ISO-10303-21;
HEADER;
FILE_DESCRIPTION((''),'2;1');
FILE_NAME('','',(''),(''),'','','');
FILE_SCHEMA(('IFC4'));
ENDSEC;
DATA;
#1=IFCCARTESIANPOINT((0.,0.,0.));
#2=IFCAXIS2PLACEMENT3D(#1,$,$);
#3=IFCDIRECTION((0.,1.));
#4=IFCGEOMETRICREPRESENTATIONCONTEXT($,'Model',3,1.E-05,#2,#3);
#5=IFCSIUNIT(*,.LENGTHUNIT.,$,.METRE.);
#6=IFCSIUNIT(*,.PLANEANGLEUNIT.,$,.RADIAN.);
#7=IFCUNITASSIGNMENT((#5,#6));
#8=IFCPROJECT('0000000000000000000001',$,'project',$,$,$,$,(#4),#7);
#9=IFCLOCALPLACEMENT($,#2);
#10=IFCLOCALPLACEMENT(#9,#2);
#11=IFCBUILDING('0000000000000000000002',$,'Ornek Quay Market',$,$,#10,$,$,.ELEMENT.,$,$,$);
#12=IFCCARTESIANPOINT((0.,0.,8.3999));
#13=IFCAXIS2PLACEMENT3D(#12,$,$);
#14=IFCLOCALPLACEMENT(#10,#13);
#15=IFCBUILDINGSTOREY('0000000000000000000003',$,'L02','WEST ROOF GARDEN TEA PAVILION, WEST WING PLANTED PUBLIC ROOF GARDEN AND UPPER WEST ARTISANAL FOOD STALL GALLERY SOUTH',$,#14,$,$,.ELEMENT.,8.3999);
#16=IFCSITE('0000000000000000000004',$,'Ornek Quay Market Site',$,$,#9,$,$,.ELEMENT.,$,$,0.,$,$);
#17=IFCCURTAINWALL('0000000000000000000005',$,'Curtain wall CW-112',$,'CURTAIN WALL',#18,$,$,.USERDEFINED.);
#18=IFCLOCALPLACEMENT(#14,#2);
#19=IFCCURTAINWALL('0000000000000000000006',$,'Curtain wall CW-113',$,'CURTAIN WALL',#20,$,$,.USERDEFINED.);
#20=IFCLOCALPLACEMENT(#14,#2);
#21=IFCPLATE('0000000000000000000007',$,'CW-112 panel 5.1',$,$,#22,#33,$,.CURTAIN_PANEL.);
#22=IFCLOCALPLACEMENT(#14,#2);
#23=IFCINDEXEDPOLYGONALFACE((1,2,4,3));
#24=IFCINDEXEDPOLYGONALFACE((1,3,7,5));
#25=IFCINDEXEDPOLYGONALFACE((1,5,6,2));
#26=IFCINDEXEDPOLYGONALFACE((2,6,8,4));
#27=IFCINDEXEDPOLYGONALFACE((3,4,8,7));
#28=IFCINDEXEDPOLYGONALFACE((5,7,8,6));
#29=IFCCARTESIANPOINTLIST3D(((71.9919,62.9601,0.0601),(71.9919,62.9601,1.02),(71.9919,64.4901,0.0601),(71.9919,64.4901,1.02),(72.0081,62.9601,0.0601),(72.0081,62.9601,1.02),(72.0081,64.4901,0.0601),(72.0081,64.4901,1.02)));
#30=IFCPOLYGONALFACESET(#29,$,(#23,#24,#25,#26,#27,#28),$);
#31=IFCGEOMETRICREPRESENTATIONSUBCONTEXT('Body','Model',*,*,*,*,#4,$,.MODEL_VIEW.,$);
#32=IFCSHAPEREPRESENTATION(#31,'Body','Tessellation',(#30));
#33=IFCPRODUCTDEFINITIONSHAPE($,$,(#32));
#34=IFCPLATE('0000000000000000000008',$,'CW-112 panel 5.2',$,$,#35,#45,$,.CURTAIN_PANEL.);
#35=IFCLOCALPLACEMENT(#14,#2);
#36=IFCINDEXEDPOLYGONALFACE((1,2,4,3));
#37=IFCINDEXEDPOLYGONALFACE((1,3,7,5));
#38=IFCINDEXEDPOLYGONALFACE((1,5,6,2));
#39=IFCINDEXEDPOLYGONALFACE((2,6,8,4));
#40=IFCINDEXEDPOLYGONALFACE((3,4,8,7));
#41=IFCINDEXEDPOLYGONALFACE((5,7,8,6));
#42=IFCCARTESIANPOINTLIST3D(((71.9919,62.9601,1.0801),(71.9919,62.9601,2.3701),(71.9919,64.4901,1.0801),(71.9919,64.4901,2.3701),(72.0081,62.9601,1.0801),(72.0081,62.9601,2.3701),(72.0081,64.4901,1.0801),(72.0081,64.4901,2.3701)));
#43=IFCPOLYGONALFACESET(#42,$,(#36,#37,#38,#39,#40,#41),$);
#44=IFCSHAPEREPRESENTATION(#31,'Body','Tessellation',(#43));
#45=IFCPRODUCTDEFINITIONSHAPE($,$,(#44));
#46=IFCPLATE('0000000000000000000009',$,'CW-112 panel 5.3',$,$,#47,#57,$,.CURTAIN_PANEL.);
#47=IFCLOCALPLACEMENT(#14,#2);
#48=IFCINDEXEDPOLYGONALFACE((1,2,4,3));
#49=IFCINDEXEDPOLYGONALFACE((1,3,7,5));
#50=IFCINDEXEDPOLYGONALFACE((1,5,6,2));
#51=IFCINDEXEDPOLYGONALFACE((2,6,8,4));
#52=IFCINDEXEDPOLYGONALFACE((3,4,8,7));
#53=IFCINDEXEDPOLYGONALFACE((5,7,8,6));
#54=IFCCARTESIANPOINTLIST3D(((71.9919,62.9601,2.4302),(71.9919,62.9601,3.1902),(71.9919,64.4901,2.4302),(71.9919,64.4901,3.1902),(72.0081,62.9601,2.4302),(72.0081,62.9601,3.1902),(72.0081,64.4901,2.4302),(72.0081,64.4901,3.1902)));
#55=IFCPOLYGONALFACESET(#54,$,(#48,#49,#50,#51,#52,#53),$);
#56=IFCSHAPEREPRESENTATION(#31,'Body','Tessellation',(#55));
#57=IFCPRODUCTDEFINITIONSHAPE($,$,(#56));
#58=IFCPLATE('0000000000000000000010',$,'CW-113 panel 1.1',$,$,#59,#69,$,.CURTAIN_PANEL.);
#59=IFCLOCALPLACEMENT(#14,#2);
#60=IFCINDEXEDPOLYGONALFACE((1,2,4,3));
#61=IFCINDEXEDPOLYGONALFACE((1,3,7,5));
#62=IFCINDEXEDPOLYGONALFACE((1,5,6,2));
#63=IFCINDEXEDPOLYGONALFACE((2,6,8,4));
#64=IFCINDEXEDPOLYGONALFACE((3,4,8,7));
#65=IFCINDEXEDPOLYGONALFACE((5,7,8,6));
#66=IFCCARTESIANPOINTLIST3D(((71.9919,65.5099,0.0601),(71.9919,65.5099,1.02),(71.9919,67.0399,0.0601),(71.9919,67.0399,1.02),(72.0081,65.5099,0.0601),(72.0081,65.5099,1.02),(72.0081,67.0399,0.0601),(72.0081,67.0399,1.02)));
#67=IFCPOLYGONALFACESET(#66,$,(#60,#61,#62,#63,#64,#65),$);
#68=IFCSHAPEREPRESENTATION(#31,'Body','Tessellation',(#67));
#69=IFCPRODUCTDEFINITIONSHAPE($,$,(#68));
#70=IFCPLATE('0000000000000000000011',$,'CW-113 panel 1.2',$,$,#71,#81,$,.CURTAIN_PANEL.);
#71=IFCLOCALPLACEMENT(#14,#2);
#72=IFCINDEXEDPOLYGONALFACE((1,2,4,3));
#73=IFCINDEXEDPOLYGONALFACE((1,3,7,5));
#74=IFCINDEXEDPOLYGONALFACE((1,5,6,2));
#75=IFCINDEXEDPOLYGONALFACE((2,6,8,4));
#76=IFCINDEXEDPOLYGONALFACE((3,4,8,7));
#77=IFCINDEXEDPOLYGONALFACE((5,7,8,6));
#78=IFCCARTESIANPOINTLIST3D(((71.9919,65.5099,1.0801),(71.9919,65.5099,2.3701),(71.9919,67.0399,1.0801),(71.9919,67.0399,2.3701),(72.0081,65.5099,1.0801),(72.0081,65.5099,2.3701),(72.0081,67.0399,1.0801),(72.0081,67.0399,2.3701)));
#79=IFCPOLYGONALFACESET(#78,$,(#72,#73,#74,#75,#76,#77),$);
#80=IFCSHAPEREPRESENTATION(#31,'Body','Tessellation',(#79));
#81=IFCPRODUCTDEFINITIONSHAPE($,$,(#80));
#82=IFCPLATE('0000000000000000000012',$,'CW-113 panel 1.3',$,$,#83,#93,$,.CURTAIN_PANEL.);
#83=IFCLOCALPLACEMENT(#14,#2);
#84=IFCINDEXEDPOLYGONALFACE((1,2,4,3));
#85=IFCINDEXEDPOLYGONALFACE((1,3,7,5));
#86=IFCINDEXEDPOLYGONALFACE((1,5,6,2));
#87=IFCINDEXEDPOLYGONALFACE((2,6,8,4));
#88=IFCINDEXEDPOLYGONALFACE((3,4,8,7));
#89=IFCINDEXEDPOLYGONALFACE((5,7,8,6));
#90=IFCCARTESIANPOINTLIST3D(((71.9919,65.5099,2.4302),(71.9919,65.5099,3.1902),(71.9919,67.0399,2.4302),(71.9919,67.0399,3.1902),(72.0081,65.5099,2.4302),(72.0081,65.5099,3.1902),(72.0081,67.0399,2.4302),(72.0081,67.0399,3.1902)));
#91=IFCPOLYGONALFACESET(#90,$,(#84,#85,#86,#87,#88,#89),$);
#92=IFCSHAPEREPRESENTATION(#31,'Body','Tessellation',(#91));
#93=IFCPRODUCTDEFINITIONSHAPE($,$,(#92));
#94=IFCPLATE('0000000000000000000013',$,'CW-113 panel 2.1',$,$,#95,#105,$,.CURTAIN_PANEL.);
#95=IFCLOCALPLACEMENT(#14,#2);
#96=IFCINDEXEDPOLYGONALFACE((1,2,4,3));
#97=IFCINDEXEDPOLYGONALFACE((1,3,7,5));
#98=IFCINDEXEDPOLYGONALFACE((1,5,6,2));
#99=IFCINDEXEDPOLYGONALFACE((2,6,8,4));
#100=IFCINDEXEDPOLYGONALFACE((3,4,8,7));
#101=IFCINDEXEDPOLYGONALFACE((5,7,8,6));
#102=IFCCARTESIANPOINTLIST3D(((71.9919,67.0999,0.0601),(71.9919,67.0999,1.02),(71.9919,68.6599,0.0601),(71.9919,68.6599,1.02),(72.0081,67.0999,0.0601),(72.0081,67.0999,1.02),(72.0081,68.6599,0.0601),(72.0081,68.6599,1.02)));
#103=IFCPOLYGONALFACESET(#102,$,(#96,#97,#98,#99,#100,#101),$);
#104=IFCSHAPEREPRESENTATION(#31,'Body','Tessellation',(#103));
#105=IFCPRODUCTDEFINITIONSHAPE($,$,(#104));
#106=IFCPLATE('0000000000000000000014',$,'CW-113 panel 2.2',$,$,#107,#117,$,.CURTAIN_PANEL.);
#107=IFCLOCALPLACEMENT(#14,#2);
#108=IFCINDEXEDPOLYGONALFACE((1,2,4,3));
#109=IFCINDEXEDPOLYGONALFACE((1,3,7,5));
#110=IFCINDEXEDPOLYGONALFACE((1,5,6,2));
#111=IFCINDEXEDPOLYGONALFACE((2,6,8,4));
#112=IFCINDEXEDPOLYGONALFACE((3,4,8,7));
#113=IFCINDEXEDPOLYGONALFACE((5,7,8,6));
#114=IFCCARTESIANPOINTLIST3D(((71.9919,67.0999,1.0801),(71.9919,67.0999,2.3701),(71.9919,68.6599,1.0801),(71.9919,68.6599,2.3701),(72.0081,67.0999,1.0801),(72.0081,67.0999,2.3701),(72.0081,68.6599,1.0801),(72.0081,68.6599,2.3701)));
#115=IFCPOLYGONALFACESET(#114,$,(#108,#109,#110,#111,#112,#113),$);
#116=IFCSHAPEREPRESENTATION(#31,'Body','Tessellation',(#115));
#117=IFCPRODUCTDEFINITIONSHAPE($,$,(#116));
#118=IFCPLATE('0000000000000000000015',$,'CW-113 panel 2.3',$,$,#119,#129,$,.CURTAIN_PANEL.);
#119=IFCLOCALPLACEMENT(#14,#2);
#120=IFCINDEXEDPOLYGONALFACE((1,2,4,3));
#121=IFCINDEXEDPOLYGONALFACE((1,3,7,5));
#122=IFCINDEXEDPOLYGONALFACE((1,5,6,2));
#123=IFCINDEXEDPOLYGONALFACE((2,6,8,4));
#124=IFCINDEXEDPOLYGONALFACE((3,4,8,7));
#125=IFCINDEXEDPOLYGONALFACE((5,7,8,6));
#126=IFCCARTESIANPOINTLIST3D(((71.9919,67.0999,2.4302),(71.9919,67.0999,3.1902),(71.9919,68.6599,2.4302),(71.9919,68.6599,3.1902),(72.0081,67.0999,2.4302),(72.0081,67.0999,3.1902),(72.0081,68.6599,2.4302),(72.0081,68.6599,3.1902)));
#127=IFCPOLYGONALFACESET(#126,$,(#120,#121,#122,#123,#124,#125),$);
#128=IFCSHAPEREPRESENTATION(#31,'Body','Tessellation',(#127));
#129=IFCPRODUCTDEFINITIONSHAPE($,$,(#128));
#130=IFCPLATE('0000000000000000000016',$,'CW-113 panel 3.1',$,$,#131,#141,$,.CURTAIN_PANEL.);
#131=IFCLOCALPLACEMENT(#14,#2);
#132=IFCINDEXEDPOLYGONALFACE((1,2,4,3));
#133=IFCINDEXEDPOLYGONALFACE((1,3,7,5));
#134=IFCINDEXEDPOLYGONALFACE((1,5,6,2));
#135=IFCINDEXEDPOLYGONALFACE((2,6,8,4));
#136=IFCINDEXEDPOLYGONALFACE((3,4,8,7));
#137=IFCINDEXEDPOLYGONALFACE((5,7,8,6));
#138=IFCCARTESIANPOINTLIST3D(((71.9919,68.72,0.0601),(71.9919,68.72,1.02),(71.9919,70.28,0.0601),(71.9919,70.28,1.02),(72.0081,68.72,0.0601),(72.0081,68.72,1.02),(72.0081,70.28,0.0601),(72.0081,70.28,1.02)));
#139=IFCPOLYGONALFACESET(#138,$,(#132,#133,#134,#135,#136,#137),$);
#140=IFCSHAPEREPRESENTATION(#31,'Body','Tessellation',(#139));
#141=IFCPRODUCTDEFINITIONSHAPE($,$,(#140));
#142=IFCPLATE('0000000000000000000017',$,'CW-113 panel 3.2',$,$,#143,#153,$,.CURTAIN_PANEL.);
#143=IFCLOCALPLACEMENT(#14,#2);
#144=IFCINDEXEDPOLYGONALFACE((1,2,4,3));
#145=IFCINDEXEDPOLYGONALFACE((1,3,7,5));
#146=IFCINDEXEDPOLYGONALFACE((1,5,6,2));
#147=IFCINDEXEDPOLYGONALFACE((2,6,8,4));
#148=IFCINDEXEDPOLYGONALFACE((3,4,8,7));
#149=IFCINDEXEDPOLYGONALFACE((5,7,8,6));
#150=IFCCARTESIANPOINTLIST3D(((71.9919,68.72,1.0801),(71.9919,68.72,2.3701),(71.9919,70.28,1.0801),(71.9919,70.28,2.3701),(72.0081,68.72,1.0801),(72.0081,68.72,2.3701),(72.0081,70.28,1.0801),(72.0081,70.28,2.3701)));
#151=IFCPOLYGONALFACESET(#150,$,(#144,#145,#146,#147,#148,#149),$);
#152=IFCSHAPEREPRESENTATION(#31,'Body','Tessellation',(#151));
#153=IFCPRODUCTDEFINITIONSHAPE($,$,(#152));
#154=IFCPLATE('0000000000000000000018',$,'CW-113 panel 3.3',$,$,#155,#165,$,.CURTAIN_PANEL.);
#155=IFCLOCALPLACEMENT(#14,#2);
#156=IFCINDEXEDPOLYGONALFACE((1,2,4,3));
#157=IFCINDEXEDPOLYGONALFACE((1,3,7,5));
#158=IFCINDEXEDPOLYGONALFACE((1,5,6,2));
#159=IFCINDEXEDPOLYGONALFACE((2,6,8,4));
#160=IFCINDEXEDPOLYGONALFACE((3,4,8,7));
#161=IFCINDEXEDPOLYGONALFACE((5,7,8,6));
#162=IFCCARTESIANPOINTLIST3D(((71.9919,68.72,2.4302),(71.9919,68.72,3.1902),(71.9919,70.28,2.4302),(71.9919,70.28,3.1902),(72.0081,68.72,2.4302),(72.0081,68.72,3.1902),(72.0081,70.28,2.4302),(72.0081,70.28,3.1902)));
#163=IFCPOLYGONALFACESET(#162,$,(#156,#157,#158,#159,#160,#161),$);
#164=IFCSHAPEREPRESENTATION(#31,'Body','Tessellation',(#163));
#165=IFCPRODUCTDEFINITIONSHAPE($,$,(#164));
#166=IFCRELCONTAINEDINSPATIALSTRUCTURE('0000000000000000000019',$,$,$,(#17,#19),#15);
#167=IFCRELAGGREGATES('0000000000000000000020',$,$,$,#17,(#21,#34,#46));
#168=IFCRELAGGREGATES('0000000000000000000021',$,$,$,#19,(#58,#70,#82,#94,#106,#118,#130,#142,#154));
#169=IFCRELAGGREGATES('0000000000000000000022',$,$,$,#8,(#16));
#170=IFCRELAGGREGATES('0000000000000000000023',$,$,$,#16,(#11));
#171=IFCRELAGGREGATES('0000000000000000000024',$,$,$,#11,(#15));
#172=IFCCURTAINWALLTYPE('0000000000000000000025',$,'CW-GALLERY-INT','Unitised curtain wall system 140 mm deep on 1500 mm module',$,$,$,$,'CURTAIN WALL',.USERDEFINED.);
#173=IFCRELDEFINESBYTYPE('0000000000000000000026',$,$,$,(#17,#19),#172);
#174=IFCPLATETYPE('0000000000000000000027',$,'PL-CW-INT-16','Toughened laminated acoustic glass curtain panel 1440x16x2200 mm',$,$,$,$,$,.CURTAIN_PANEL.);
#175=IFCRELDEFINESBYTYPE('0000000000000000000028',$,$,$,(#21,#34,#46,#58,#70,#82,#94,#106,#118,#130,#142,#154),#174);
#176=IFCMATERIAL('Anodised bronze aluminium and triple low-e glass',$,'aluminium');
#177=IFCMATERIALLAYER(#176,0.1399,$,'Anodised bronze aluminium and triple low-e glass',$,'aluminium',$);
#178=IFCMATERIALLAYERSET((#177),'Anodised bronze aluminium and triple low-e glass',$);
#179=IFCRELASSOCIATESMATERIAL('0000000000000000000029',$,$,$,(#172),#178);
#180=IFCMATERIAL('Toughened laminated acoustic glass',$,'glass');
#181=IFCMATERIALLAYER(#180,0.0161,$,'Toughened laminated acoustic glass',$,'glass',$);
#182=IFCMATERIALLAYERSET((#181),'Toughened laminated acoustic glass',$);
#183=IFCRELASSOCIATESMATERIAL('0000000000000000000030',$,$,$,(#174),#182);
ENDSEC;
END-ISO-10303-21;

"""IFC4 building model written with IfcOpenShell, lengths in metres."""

from ifc_helpers import new_model, si_unit, direction, frame, origin, origin_2d, place, context, subcontext, project, spatial, rectangle, extrude, material, layer, layer_set, type_object, element, aggregate, save


model = new_model("IFC4")

# Units and contexts
model_context = context("Model", 3, precision=1e-05, world=origin(), true_north=direction((0.0, 1.0)))
body_context = subcontext(model_context, "Body", "Model", "MODEL_VIEW")
ifc_project = project(units=[si_unit("LENGTHUNIT", "METRE"), si_unit("PLANEANGLEUNIT", "RADIAN")], contexts=[model_context])

# Site, building, storey
site_placement = place(None, origin())
site = spatial("IfcSite", under=ifc_project, at=site_placement, Name="Ornek Quay Market Site", CompositionType="ELEMENT", RefElevation=0.0)
building_placement = place(site_placement, origin())
building = spatial("IfcBuilding", under=site, at=building_placement, Name="Ornek Quay Market", CompositionType="ELEMENT")
storey_placement = place(building_placement, frame((0.0, 0.0, 8.3999)))
storey = spatial("IfcBuildingStorey", under=building, at=storey_placement, Name="L02", Description="WEST ROOF GARDEN TEA PAVILION, WEST WING PLANTED PUBLIC ROOF GARDEN AND UPPER WEST ARTISANAL FOOD STALL GALLERY SOUTH", CompositionType="ELEMENT", Elevation=8.3999)

# Curtain wall
ifc_material_1 = material(Name="Anodised bronze aluminium and triple low-e glass", Category="aluminium")
ifc_layer_1 = layer(ifc_material_1, 0.1399, Name="Anodised bronze aluminium and triple low-e glass", Category="aluminium")
ifc_layer_set_1 = layer_set([ifc_layer_1], Name="Anodised bronze aluminium and triple low-e glass")
curtain_wall_type = type_object("IfcCurtainWallType", Name="CW-GALLERY-INT", Description="Unitised curtain wall system 140 mm deep on 1500 mm module", ElementType="CURTAIN WALL", PredefinedType="USERDEFINED", material=ifc_layer_set_1)
curtain_wall_1_placement = place(storey_placement, origin())
curtain_wall_1 = element("IfcCurtainWall", 1, at=curtain_wall_1_placement, inside=storey, type_object=curtain_wall_type, Name="Curtain wall CW-112", ObjectType="CURTAIN WALL", PredefinedType="USERDEFINED")

# Curtain wall
curtain_wall_2_placement = place(storey_placement, origin())
curtain_wall_2 = element("IfcCurtainWall", 2, at=curtain_wall_2_placement, inside=storey, type_object=curtain_wall_type, Name="Curtain wall CW-113", ObjectType="CURTAIN WALL", PredefinedType="USERDEFINED")

# Plates
ifc_material_2 = material(Name="Toughened laminated acoustic glass", Category="glass")
ifc_layer_2 = layer(ifc_material_2, 0.0161, Name="Toughened laminated acoustic glass", Category="glass")
ifc_layer_set_2 = layer_set([ifc_layer_2], Name="Toughened laminated acoustic glass")
plate_type = type_object("IfcPlateType", Name="PL-CW-INT-16", Description="Toughened laminated acoustic glass curtain panel 1440x16x2200 mm", PredefinedType="CURTAIN_PANEL", material=ifc_layer_set_2)
plate_1_placement = place(storey_placement, frame((72.0, 63.7251, 0.0601), z_axis=(0.0, 0.0, 1.0), x_axis=(0.0, 1.0, 0.0)))
plate_1 = element("IfcPlate", 3, at=plate_1_placement, type_object=plate_type, Name="CW-112 panel 5.1", PredefinedType="CURTAIN_PANEL", context=body_context, shape_type="SweptSolid", body=[
    extrude(rectangle(XDim=1.53, YDim=0.0161, at=origin_2d()), origin(), (0.0, 0.0, 1.0), 0.96),
])
plate_2_placement = place(storey_placement, frame((72.0, 63.7251, 1.0801), z_axis=(0.0, 0.0, 1.0), x_axis=(0.0, 1.0, 0.0)))
plate_2 = element("IfcPlate", 4, at=plate_2_placement, type_object=plate_type, Name="CW-112 panel 5.2", PredefinedType="CURTAIN_PANEL", context=body_context, shape_type="SweptSolid", body=[
    extrude(rectangle(XDim=1.53, YDim=0.0161, at=origin_2d()), origin(), (0.0, 0.0, 1.0), 1.29),
])
plate_3_placement = place(storey_placement, frame((72.0, 63.7251, 2.4302), z_axis=(0.0, 0.0, 1.0), x_axis=(0.0, 1.0, 0.0)))
plate_3 = element("IfcPlate", 5, at=plate_3_placement, type_object=plate_type, Name="CW-112 panel 5.3", PredefinedType="CURTAIN_PANEL", context=body_context, shape_type="SweptSolid", body=[
    extrude(rectangle(XDim=1.53, YDim=0.0161, at=origin_2d()), origin(), (0.0, 0.0, 1.0), 0.76),
])
aggregate(curtain_wall_1, [plate_1, plate_2, plate_3])
plate_4_placement = place(storey_placement, frame((72.0, 66.2749, 0.0601), z_axis=(0.0, 0.0, 1.0), x_axis=(0.0, 1.0, 0.0)))
plate_4 = element("IfcPlate", 6, at=plate_4_placement, type_object=plate_type, Name="CW-113 panel 1.1", PredefinedType="CURTAIN_PANEL", context=body_context, shape_type="SweptSolid", body=[
    extrude(rectangle(XDim=1.53, YDim=0.0161, at=origin_2d()), origin(), (0.0, 0.0, 1.0), 0.96),
])
plate_5_placement = place(storey_placement, frame((72.0, 66.2749, 1.0801), z_axis=(0.0, 0.0, 1.0), x_axis=(0.0, 1.0, 0.0)))
plate_5 = element("IfcPlate", 7, at=plate_5_placement, type_object=plate_type, Name="CW-113 panel 1.2", PredefinedType="CURTAIN_PANEL", context=body_context, shape_type="SweptSolid", body=[
    extrude(rectangle(XDim=1.53, YDim=0.0161, at=origin_2d()), origin(), (0.0, 0.0, 1.0), 1.29),
])
plate_6_placement = place(storey_placement, frame((72.0, 66.2749, 2.4302), z_axis=(0.0, 0.0, 1.0), x_axis=(0.0, 1.0, 0.0)))
plate_6 = element("IfcPlate", 8, at=plate_6_placement, type_object=plate_type, Name="CW-113 panel 1.3", PredefinedType="CURTAIN_PANEL", context=body_context, shape_type="SweptSolid", body=[
    extrude(rectangle(XDim=1.53, YDim=0.0161, at=origin_2d()), origin(), (0.0, 0.0, 1.0), 0.76),
])
plate_7_placement = place(storey_placement, frame((72.0, 67.8799, 0.0601), z_axis=(0.0, 0.0, 1.0), x_axis=(0.0, 1.0, 0.0)))
plate_7 = element("IfcPlate", 9, at=plate_7_placement, type_object=plate_type, Name="CW-113 panel 2.1", PredefinedType="CURTAIN_PANEL", context=body_context, shape_type="SweptSolid", body=[
    extrude(rectangle(XDim=1.5601, YDim=0.0161, at=origin_2d()), origin(), (0.0, 0.0, 1.0), 0.96),
])
plate_8_placement = place(storey_placement, frame((72.0, 67.8799, 1.0801), z_axis=(0.0, 0.0, 1.0), x_axis=(0.0, 1.0, 0.0)))
plate_8 = element("IfcPlate", 10, at=plate_8_placement, type_object=plate_type, Name="CW-113 panel 2.2", PredefinedType="CURTAIN_PANEL", context=body_context, shape_type="SweptSolid", body=[
    extrude(rectangle(XDim=1.5601, YDim=0.0161, at=origin_2d()), origin(), (0.0, 0.0, 1.0), 1.29),
])
plate_9_placement = place(storey_placement, frame((72.0, 67.8799, 2.4302), z_axis=(0.0, 0.0, 1.0), x_axis=(0.0, 1.0, 0.0)))
plate_9 = element("IfcPlate", 11, at=plate_9_placement, type_object=plate_type, Name="CW-113 panel 2.3", PredefinedType="CURTAIN_PANEL", context=body_context, shape_type="SweptSolid", body=[
    extrude(rectangle(XDim=1.5601, YDim=0.0161, at=origin_2d()), origin(), (0.0, 0.0, 1.0), 0.76),
])
plate_10_placement = place(storey_placement, frame((72.0, 69.5, 0.0601), z_axis=(0.0, 0.0, 1.0), x_axis=(0.0, 1.0, 0.0)))
plate_10 = element("IfcPlate", 12, at=plate_10_placement, type_object=plate_type, Name="CW-113 panel 3.1", PredefinedType="CURTAIN_PANEL", context=body_context, shape_type="SweptSolid", body=[
    extrude(rectangle(XDim=1.5601, YDim=0.0161, at=origin_2d()), origin(), (0.0, 0.0, 1.0), 0.96),
])
plate_11_placement = place(storey_placement, frame((72.0, 69.5, 1.0801), z_axis=(0.0, 0.0, 1.0), x_axis=(0.0, 1.0, 0.0)))
plate_11 = element("IfcPlate", 13, at=plate_11_placement, type_object=plate_type, Name="CW-113 panel 3.2", PredefinedType="CURTAIN_PANEL", context=body_context, shape_type="SweptSolid", body=[
    extrude(rectangle(XDim=1.5601, YDim=0.0161, at=origin_2d()), origin(), (0.0, 0.0, 1.0), 1.29),
])
plate_12_placement = place(storey_placement, frame((72.0, 69.5, 2.4302), z_axis=(0.0, 0.0, 1.0), x_axis=(0.0, 1.0, 0.0)))
plate_12 = element("IfcPlate", 14, at=plate_12_placement, type_object=plate_type, Name="CW-113 panel 3.3", PredefinedType="CURTAIN_PANEL", context=body_context, shape_type="SweptSolid", body=[
    extrude(rectangle(XDim=1.5601, YDim=0.0161, at=origin_2d()), origin(), (0.0, 0.0, 1.0), 0.76),
])
aggregate(curtain_wall_2, [plate_4, plate_5, plate_6, plate_7, plate_8, plate_9, plate_10, plate_11, plate_12])

save(model, "model.ifc")
